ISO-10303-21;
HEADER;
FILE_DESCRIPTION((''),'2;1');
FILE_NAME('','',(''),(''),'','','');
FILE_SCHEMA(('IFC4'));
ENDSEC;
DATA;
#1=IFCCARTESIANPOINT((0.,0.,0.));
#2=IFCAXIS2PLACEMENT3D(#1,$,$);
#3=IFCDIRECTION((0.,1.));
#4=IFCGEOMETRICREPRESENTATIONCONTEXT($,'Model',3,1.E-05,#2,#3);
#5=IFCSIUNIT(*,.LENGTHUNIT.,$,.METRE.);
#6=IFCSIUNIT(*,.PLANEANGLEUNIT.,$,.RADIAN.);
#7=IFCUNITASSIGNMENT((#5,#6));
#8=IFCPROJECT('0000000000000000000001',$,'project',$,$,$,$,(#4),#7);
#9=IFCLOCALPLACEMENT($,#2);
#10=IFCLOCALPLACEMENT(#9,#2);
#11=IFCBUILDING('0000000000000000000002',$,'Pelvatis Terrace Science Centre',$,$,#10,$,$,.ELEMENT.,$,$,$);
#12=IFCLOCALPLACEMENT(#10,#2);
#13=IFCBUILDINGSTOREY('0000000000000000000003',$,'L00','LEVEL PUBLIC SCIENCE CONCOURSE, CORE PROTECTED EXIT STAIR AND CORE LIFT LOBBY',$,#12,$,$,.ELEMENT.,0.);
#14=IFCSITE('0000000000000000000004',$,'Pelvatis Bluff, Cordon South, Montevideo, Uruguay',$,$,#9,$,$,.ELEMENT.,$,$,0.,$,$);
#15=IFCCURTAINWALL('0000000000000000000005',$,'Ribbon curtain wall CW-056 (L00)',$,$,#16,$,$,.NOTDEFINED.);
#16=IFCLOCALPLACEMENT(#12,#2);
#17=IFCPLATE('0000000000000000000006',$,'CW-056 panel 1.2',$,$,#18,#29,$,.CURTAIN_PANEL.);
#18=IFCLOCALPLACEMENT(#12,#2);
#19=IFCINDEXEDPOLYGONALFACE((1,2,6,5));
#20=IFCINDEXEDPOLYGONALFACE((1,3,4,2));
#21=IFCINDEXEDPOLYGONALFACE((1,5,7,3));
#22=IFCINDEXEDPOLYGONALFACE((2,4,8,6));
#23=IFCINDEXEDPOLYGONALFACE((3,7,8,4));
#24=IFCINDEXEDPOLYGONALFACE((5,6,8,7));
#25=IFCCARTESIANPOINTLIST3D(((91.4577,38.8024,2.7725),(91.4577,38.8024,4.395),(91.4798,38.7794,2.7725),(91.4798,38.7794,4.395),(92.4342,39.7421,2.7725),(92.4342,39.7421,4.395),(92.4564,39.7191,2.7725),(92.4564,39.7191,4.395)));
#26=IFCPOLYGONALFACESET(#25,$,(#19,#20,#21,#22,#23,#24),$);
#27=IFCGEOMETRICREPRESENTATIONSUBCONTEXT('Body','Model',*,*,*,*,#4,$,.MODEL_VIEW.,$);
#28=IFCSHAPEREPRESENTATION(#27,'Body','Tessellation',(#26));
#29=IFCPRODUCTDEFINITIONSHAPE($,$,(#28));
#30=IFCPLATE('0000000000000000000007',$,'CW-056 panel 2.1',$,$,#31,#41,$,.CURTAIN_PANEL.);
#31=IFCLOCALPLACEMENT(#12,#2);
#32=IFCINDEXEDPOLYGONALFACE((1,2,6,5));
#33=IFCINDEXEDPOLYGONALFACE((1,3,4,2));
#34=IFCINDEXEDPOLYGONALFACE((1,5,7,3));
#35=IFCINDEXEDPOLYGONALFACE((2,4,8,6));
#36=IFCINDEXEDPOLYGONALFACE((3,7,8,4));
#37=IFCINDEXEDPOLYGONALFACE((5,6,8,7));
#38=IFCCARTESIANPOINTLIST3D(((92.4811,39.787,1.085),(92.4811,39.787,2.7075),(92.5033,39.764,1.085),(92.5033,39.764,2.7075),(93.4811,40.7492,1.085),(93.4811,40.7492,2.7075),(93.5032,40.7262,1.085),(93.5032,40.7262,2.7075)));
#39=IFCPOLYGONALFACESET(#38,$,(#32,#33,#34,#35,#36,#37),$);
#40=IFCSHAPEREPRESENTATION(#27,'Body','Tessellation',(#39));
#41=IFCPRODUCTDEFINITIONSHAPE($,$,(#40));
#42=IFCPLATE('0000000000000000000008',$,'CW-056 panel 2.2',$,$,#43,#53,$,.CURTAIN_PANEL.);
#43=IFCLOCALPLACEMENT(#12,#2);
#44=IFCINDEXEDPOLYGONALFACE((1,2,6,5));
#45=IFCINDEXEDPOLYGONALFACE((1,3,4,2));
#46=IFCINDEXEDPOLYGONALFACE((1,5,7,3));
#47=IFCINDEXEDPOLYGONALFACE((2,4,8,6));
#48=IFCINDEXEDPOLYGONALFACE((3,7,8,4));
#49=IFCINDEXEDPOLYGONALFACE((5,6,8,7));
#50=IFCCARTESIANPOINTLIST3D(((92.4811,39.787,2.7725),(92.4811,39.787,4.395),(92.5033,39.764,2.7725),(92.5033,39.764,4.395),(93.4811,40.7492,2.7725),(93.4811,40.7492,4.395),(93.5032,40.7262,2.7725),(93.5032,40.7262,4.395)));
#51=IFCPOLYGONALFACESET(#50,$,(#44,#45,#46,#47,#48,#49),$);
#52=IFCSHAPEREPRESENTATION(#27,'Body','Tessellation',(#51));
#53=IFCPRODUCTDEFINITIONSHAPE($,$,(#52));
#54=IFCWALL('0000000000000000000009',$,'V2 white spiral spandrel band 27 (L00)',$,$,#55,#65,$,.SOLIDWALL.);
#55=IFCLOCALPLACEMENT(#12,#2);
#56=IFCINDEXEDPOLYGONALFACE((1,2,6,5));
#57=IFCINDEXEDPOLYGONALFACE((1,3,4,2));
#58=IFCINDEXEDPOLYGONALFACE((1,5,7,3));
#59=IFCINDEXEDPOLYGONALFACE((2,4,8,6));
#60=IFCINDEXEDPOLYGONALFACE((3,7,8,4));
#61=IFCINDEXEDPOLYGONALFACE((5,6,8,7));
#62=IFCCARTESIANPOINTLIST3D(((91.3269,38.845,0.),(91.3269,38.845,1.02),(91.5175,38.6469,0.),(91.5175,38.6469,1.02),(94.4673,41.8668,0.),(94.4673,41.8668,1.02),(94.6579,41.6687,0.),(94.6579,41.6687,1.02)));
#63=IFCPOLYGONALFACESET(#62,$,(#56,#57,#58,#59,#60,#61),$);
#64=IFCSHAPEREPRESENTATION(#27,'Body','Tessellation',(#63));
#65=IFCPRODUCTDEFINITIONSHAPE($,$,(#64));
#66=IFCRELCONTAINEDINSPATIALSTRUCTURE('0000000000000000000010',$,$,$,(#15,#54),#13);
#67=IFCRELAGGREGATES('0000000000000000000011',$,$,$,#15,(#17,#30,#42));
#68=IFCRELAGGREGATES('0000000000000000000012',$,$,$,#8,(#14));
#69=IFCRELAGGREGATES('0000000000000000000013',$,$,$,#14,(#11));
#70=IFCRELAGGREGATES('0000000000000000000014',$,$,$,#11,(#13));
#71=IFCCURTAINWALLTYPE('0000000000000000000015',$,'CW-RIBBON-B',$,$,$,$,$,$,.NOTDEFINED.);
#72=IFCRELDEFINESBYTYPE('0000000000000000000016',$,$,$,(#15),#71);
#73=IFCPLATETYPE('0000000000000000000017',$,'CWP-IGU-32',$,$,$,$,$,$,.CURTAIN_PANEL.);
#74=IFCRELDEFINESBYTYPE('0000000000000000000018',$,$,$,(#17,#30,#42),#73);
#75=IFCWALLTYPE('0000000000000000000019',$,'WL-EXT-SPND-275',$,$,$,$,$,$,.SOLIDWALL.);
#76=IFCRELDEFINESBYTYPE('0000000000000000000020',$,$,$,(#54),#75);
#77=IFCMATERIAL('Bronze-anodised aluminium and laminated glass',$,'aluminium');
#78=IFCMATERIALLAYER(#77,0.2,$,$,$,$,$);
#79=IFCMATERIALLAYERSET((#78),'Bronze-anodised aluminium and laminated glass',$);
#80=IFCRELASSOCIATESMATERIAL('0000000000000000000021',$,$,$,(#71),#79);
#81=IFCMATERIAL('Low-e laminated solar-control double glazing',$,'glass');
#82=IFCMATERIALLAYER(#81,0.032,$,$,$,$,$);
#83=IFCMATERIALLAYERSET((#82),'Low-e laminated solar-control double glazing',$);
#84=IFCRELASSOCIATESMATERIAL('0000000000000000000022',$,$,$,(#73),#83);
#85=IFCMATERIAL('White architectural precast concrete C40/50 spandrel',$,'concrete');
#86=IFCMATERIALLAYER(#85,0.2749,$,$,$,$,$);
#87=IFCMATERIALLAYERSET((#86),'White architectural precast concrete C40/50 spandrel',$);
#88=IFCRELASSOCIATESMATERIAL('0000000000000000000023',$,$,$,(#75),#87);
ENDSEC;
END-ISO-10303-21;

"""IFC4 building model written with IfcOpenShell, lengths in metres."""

from ifc_helpers import new_model, si_unit, direction, frame, frame_2d, origin, origin_2d, place, context, subcontext, project, spatial, rectangle, extrude, material, layer, layer_set, type_object, element, aggregate, save


model = new_model("IFC4")

# Units and contexts
model_context = context("Model", 3, precision=1e-05, world=origin(), true_north=direction((0.0, 1.0)))
body_context = subcontext(model_context, "Body", "Model", "MODEL_VIEW")
ifc_project = project(units=[si_unit("LENGTHUNIT", "METRE"), si_unit("PLANEANGLEUNIT", "RADIAN")], contexts=[model_context])

# Site, building, storey
site_placement = place(None, origin())
site = spatial("IfcSite", under=ifc_project, at=site_placement, Name="Pelvatis Bluff, Cordon South, Montevideo, Uruguay", CompositionType="ELEMENT", RefElevation=0.0)
building_placement = place(site_placement, origin())
building = spatial("IfcBuilding", under=site, at=building_placement, Name="Pelvatis Terrace Science Centre", CompositionType="ELEMENT")
storey_placement = place(building_placement, origin())
storey = spatial("IfcBuildingStorey", under=building, at=storey_placement, Name="L00", Description="LEVEL PUBLIC SCIENCE CONCOURSE, CORE PROTECTED EXIT STAIR AND CORE LIFT LOBBY", CompositionType="ELEMENT", Elevation=0.0)

# Shared definitions
ifc_material_1 = material(Name="Bronze-anodised aluminium and laminated glass", Category="aluminium")
ifc_layer_1 = layer(ifc_material_1, 0.2)
ifc_layer_set_1 = layer_set([ifc_layer_1], Name="Bronze-anodised aluminium and laminated glass")
curtain_wall_type = type_object("IfcCurtainWallType", Name="CW-RIBBON-B", PredefinedType="NOTDEFINED", material=ifc_layer_set_1)

# Curtain wall, plates
curtain_wall_1_placement = place(storey_placement, origin())
curtain_wall_1 = element("IfcCurtainWall", 1, at=curtain_wall_1_placement, inside=storey, type_object=curtain_wall_type, Name="Ribbon curtain wall CW-056 (L00)", PredefinedType="NOTDEFINED")
ifc_material_2 = material(Name="Low-e laminated solar-control double glazing", Category="glass")
ifc_layer_2 = layer(ifc_material_2, 0.032)
ifc_layer_set_2 = layer_set([ifc_layer_2], Name="Low-e laminated solar-control double glazing")
plate_type = type_object("IfcPlateType", Name="CWP-IGU-32", PredefinedType="CURTAIN_PANEL", material=ifc_layer_set_2)
plate_1_placement = place(storey_placement, frame((91.957, 39.2607, 2.7725), z_axis=(0.0, 0.0, 1.0), x_axis=(0.720583, 0.693369, 0.0)))
plate_1 = element("IfcPlate", 2, at=plate_1_placement, type_object=plate_type, Name="CW-056 panel 1.2", PredefinedType="CURTAIN_PANEL", context=body_context, shape_type="SweptSolid", body=[
    extrude(rectangle(XDim=1.3552, YDim=0.032, at=origin_2d()), origin(), (0.0, 0.0, 1.0), 1.6226),
])
plate_2_placement = place(storey_placement, frame((92.9922, 40.2566, 1.085), z_axis=(0.0, 0.0, 1.0), x_axis=(0.720583, 0.693369, 0.0)))
plate_2 = element("IfcPlate", 3, at=plate_2_placement, type_object=plate_type, Name="CW-056 panel 2.1", PredefinedType="CURTAIN_PANEL", context=body_context, shape_type="SweptSolid", body=[
    extrude(rectangle(XDim=1.3877, YDim=0.032, at=origin_2d()), origin(), (0.0, 0.0, 1.0), 1.6226),
])
plate_3_placement = place(storey_placement, frame((92.9922, 40.2566, 2.7725), z_axis=(0.0, 0.0, 1.0), x_axis=(0.720583, 0.693369, 0.0)))
plate_3 = element("IfcPlate", 4, at=plate_3_placement, type_object=plate_type, Name="CW-056 panel 2.2", PredefinedType="CURTAIN_PANEL", context=body_context, shape_type="SweptSolid", body=[
    extrude(rectangle(XDim=1.3877, YDim=0.032, at=origin_2d()), origin(), (0.0, 0.0, 1.0), 1.6226),
])
aggregate(curtain_wall_1, [plate_1, plate_2, plate_3])

# Wall
ifc_material_3 = material(Name="White architectural precast concrete C40/50 spandrel", Category="concrete")
ifc_layer_3 = layer(ifc_material_3, 0.2749)
ifc_layer_set_3 = layer_set([ifc_layer_3], Name="White architectural precast concrete C40/50 spandrel")
wall_type = type_object("IfcWallType", Name="WL-EXT-SPND-275", PredefinedType="SOLIDWALL", material=ifc_layer_set_3)
wall_placement = place(storey_placement, frame((91.4221, 38.7458, 0.0), z_axis=(0.0, 0.0, 1.0), x_axis=(0.720589, 0.693363, 0.0)))
element("IfcWall", 5, at=wall_placement, inside=storey, type_object=wall_type, Name="V2 white spiral spandrel band 27 (L00)", PredefinedType="SOLIDWALL", context=body_context, shape_type="SweptSolid", body=[
    extrude(rectangle(XDim=4.3582, YDim=0.2749, at=frame_2d((2.1792, 0.0))), origin(), (0.0, 0.0, 1.0), 1.02),
])

save(model, "model.ifc")
